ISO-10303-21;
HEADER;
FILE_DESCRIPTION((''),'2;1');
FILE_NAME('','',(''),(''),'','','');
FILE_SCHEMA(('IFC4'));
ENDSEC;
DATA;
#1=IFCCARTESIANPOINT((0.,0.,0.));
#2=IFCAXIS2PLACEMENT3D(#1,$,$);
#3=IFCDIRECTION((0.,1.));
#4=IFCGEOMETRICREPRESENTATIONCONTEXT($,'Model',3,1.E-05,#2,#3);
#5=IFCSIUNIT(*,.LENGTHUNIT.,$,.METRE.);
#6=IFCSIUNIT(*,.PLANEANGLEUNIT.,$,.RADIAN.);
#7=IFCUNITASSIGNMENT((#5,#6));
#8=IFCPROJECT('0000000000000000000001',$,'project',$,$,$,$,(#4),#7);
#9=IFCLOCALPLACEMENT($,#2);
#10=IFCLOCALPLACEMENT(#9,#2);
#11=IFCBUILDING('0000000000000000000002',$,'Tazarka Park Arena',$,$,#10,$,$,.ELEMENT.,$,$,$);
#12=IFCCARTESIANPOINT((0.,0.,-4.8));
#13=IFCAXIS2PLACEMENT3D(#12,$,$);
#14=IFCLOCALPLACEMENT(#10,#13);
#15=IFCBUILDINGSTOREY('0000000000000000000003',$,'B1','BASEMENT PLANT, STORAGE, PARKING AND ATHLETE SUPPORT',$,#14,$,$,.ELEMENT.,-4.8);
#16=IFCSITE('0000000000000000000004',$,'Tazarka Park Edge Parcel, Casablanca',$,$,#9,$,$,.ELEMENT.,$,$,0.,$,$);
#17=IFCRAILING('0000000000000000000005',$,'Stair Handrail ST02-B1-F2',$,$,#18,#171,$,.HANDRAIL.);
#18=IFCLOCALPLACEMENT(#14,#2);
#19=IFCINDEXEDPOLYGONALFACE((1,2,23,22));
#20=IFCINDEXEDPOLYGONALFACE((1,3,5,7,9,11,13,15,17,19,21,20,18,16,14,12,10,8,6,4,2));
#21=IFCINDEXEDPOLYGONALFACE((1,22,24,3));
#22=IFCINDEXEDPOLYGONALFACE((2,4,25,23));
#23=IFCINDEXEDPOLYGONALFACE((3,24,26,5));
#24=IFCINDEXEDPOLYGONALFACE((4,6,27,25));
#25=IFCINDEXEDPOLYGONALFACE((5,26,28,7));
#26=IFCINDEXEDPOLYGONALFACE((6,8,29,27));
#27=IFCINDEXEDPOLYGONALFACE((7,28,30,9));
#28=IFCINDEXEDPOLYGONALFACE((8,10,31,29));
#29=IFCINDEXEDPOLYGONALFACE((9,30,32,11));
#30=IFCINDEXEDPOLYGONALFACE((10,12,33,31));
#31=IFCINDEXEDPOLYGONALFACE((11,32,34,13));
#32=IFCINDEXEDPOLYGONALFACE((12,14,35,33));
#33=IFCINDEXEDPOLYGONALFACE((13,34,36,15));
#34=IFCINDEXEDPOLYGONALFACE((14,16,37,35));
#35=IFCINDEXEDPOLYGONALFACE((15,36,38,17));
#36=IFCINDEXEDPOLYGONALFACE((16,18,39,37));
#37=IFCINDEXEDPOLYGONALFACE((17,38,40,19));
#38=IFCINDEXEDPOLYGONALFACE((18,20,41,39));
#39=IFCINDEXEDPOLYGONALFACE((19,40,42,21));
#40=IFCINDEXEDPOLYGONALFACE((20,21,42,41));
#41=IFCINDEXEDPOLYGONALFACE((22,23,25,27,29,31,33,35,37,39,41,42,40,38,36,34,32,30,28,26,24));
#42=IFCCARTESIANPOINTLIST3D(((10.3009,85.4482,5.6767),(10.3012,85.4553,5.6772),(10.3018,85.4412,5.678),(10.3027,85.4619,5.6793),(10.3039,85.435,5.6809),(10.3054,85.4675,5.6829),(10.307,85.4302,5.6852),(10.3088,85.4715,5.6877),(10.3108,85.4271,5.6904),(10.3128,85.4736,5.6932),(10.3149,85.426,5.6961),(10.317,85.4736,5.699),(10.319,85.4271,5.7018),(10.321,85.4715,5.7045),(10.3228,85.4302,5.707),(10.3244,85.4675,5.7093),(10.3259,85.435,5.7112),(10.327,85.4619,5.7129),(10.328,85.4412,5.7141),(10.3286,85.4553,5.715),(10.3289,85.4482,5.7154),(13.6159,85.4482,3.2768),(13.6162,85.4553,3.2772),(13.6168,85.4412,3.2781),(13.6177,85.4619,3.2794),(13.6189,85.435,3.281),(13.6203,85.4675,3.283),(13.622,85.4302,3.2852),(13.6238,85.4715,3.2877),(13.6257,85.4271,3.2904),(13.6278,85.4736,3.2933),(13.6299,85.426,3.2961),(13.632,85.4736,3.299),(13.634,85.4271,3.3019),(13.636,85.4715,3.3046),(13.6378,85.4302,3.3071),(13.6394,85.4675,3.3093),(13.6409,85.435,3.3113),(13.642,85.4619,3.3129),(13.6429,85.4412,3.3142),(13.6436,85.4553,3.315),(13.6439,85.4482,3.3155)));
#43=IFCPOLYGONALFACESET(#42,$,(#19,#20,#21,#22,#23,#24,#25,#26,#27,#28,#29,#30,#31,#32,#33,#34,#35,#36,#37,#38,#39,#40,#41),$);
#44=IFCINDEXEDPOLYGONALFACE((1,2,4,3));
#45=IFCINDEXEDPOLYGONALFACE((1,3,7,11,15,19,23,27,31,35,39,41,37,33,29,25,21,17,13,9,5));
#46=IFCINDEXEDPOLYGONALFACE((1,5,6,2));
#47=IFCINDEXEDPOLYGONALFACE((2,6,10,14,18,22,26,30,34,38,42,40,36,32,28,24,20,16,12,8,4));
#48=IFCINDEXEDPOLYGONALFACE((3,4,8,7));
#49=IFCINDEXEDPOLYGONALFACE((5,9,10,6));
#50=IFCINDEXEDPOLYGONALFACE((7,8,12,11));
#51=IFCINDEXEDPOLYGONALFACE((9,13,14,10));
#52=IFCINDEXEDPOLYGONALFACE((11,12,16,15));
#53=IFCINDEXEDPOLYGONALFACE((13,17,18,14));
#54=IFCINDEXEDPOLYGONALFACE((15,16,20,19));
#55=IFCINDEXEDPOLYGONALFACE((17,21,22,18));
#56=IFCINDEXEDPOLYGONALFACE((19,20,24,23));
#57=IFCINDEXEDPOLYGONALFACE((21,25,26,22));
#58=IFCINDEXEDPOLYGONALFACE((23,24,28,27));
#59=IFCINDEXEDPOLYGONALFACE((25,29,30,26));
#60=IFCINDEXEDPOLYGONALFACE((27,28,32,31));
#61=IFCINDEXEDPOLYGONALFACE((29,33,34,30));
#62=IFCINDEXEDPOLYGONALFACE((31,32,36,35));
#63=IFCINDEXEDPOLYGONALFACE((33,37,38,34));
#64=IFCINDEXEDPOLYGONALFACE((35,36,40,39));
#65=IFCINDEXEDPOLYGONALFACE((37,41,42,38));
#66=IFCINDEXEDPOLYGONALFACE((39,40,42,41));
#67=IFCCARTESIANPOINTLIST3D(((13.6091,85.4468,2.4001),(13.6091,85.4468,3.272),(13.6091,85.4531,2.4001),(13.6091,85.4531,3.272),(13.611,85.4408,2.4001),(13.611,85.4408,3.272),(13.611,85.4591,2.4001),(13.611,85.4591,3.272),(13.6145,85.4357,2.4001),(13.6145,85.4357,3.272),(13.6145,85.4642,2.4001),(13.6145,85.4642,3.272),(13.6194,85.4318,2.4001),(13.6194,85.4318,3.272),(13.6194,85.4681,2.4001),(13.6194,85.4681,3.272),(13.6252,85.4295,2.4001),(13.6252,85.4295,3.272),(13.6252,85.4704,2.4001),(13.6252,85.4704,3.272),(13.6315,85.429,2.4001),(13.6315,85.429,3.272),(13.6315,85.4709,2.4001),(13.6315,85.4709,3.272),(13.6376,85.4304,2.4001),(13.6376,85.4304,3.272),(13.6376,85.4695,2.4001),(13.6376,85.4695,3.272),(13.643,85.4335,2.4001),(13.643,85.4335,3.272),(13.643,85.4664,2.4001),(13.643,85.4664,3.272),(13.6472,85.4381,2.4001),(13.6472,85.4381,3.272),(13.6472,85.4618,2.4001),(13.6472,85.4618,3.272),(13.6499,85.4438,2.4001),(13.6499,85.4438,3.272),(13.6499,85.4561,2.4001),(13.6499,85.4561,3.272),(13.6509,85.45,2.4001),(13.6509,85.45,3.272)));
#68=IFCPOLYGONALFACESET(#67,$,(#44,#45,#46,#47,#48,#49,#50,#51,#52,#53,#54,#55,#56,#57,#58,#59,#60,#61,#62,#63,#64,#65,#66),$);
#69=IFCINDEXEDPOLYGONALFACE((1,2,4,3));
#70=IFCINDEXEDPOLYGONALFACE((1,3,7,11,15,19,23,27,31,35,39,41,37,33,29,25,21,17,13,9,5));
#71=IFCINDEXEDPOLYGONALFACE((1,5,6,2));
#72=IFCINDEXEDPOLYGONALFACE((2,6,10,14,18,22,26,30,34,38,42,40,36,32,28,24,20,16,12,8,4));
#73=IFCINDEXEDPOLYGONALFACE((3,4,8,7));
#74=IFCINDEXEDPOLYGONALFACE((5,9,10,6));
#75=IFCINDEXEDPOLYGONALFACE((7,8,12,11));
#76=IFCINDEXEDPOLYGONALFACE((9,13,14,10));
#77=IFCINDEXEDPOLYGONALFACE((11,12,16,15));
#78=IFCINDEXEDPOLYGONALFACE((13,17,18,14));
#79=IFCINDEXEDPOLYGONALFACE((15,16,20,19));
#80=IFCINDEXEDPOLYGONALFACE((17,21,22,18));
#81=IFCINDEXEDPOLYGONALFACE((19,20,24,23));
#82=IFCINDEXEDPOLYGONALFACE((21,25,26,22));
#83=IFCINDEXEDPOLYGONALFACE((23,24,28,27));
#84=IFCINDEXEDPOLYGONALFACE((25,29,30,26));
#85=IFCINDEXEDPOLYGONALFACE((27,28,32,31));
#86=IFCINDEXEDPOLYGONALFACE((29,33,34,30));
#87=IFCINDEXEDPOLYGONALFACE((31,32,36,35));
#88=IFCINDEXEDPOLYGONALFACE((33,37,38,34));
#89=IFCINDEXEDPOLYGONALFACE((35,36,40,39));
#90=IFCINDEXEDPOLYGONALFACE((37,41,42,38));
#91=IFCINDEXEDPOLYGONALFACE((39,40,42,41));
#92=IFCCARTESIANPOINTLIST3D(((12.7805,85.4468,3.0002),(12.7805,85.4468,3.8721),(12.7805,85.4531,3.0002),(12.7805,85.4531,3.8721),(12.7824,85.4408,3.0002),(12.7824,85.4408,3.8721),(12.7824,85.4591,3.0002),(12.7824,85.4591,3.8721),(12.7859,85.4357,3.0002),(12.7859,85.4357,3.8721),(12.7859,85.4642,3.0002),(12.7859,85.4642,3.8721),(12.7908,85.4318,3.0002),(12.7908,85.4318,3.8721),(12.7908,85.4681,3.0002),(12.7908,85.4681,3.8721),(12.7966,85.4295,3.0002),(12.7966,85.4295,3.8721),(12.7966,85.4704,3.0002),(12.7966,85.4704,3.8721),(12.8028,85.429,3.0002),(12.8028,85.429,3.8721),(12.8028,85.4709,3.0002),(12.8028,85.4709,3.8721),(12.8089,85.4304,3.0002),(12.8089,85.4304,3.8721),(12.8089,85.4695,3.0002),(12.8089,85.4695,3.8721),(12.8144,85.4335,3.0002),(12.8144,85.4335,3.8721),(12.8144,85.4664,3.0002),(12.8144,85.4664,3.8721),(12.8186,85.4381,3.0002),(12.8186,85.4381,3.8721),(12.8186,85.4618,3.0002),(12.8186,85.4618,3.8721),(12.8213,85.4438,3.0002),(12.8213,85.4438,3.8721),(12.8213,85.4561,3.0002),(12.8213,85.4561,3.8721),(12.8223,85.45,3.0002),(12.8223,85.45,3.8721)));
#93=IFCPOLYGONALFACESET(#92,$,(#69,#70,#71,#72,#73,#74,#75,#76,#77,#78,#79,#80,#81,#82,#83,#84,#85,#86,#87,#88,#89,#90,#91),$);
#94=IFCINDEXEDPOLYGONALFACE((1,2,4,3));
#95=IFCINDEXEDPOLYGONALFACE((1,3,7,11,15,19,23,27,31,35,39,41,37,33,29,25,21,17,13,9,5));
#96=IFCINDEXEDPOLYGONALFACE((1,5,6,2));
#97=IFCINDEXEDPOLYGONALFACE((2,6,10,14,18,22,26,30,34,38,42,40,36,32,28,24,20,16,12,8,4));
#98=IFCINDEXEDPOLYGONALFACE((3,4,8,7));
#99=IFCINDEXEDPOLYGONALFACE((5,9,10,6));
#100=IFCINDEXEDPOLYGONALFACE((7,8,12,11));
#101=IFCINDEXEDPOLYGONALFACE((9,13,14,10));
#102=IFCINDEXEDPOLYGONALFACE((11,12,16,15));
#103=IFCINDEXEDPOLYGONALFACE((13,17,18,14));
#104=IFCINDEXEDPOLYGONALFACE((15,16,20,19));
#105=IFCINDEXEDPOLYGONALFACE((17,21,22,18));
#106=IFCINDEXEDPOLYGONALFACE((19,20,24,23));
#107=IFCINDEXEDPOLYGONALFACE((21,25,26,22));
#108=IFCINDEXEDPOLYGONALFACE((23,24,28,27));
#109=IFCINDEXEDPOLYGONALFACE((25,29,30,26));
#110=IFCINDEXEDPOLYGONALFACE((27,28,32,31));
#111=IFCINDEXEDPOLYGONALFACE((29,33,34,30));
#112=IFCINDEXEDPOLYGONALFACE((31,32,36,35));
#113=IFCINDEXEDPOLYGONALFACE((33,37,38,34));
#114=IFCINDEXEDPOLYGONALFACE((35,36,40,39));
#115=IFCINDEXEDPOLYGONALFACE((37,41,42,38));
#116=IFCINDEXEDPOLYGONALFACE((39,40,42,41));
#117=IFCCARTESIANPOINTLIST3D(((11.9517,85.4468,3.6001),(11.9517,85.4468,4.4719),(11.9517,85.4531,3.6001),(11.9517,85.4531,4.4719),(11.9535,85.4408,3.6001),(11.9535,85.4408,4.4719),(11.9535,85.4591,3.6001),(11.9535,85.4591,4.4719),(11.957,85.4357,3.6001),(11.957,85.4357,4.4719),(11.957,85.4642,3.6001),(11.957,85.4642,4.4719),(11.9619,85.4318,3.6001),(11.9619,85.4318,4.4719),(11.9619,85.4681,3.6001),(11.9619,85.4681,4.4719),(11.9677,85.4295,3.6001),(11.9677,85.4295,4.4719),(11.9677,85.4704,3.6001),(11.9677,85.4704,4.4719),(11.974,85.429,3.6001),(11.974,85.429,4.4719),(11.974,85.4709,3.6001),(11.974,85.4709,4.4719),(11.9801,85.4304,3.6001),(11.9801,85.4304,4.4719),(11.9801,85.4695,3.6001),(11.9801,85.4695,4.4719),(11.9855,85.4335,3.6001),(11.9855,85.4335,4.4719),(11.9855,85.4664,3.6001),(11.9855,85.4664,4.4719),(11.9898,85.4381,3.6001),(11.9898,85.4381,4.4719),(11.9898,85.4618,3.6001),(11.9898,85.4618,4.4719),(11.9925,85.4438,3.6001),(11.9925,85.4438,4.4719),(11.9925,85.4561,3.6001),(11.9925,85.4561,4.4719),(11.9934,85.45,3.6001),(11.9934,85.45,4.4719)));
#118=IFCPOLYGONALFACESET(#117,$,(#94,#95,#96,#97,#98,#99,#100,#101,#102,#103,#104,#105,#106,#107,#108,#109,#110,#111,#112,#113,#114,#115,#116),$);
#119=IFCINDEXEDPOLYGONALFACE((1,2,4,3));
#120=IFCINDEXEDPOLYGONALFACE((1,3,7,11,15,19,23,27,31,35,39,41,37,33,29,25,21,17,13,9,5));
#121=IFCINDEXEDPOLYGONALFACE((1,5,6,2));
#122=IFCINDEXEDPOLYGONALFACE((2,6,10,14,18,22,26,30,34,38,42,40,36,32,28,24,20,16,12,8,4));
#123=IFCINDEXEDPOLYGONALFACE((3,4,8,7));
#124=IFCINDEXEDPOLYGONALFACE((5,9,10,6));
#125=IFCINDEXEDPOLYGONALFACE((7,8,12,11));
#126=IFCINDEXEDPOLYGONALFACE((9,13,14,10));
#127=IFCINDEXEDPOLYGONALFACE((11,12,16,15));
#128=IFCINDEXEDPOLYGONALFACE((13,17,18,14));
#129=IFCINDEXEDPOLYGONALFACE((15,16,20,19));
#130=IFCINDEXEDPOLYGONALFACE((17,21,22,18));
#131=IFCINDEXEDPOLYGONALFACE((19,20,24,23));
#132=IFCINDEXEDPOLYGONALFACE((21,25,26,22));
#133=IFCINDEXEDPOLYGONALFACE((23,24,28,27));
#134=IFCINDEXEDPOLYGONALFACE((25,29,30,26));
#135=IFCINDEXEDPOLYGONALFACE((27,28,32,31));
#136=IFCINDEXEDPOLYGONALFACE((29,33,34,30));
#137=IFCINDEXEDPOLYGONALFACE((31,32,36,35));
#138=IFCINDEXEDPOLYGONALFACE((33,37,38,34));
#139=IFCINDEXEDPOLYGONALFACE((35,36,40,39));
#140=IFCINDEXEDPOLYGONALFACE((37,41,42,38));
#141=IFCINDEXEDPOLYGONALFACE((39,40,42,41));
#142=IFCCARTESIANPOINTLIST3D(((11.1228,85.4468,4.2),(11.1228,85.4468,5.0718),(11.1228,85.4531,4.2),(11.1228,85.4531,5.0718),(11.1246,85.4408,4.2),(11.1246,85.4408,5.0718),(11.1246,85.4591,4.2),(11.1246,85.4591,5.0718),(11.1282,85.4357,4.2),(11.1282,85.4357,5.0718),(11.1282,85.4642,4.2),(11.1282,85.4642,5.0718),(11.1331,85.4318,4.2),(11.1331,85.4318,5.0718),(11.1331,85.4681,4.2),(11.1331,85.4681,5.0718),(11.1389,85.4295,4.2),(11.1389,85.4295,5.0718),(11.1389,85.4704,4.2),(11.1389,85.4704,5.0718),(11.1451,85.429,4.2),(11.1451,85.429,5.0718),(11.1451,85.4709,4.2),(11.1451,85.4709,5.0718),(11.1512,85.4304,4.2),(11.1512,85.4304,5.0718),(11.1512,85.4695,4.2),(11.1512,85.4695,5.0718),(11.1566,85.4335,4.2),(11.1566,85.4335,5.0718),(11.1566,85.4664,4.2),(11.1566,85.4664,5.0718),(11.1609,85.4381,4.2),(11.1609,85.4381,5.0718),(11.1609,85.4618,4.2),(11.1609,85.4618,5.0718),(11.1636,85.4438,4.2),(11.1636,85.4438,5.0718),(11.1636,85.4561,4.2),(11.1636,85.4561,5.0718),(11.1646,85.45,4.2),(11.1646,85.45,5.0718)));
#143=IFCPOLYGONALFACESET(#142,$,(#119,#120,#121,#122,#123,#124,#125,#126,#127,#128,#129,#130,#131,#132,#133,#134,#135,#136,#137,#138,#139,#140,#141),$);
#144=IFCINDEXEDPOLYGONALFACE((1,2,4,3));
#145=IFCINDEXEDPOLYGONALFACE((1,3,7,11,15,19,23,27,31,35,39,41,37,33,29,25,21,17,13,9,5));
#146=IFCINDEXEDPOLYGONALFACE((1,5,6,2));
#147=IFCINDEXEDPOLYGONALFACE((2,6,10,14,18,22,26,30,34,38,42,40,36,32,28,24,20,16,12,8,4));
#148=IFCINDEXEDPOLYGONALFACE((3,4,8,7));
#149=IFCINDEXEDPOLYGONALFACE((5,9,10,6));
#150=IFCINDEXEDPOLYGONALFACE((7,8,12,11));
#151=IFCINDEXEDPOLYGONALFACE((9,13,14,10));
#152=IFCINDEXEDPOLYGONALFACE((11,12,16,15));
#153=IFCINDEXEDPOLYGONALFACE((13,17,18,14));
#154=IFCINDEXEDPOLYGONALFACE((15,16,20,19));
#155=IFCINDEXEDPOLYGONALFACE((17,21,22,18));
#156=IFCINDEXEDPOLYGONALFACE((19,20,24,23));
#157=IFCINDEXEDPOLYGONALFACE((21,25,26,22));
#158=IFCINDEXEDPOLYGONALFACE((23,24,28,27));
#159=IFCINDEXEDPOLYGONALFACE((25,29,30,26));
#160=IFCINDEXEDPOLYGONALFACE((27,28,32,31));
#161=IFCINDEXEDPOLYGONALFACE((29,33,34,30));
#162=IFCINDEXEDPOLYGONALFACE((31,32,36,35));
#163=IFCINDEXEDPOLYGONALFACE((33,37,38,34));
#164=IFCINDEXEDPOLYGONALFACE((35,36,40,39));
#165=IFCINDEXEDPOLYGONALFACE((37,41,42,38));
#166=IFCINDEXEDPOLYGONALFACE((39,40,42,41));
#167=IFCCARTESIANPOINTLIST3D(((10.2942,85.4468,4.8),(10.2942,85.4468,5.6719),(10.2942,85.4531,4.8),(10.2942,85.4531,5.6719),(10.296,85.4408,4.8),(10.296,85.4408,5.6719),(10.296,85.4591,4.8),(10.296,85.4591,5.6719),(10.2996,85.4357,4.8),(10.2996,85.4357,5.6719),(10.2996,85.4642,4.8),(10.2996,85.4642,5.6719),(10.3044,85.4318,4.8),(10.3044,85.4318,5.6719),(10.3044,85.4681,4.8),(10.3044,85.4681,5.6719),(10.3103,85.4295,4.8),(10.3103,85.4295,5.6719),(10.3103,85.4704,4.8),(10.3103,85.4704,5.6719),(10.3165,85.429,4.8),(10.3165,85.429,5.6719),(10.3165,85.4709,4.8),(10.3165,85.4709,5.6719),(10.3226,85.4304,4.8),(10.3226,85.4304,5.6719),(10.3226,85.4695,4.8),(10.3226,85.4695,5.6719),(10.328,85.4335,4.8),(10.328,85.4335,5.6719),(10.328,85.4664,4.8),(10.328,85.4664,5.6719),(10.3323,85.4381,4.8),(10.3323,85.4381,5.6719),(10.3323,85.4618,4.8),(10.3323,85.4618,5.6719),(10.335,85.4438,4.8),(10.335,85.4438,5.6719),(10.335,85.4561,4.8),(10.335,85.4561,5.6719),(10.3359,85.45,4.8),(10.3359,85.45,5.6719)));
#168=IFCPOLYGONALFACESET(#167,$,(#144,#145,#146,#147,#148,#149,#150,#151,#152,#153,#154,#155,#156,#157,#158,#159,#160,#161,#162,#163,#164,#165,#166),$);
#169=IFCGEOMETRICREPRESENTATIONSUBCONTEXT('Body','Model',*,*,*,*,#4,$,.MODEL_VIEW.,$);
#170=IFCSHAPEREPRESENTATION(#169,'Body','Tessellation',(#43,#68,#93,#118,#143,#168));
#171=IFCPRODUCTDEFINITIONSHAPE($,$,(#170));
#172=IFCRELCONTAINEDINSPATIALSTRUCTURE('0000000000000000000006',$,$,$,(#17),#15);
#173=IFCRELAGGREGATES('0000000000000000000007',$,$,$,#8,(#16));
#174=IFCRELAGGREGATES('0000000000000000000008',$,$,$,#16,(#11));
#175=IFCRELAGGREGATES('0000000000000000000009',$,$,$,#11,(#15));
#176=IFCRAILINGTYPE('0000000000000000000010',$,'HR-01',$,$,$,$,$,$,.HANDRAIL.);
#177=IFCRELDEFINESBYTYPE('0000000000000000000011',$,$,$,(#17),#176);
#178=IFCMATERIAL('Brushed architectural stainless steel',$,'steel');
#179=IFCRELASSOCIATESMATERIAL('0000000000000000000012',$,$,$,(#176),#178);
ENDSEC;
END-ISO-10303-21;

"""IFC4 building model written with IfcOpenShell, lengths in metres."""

from ifc_helpers import new_model, si_unit, direction, frame, origin, origin_2d, place, context, subcontext, project, spatial, circle, extrude, material, type_object, element, save


model = new_model("IFC4")

# Units and contexts
model_context = context("Model", 3, precision=1e-05, world=origin(), true_north=direction((0.0, 1.0)))
body_context = subcontext(model_context, "Body", "Model", "MODEL_VIEW")
ifc_project = project(units=[si_unit("LENGTHUNIT", "METRE"), si_unit("PLANEANGLEUNIT", "RADIAN")], contexts=[model_context])

# Site, building, storey
site_placement = place(None, origin())
site = spatial("IfcSite", under=ifc_project, at=site_placement, Name="Tazarka Park Edge Parcel, Casablanca", CompositionType="ELEMENT", RefElevation=0.0)
building_placement = place(site_placement, origin())
building = spatial("IfcBuilding", under=site, at=building_placement, Name="Tazarka Park Arena", CompositionType="ELEMENT")
storey_placement = place(building_placement, frame((0.0, 0.0, -4.8)))
storey = spatial("IfcBuildingStorey", under=building, at=storey_placement, Name="B1", Description="BASEMENT PLANT, STORAGE, PARKING AND ATHLETE SUPPORT", CompositionType="ELEMENT", Elevation=-4.8)

# Railing
ifc_material_1 = material(Name="Brushed architectural stainless steel", Category="steel")
railing_type_1 = type_object("IfcRailingType", Name="HR-01", PredefinedType="HANDRAIL", material=ifc_material_1)
railing_1_placement = place(storey_placement, frame((13.6299, 85.45, 2.4001)))
element("IfcRailing", 1, at=railing_1_placement, inside=storey, type_object=railing_type_1, Name="Stair Handrail ST02-B1-F2", PredefinedType="HANDRAIL", context=body_context, shape_type="SweptSolid", body=[
    extrude(circle(Radius=0.0239, at=origin_2d()), frame((0.0, 0.0, 0.896), z_axis=(-0.810009, 0.0, 0.586418), x_axis=(0.0, -1.0, 0.0)), (0.0, 0.0, 1.0), 4.0925),
    extrude(circle(Radius=0.021, at=origin_2d()), origin(), (0.0, 0.0, 1.0), 0.8718),
    extrude(circle(Radius=0.021, at=origin_2d()), frame((-0.8286, 0.0, 0.6001)), (0.0, 0.0, 1.0), 0.8718),
    extrude(circle(Radius=0.021, at=origin_2d()), frame((-1.6575, 0.0, 1.2)), (0.0, 0.0, 1.0), 0.8718),
    extrude(circle(Radius=0.021, at=origin_2d()), frame((-2.4863, 0.0, 1.7998)), (0.0, 0.0, 1.0), 0.8718),
    extrude(circle(Radius=0.021, at=origin_2d()), frame((-3.3149, 0.0, 2.3999)), (0.0, 0.0, 1.0), 0.8718),
])

save(model, "model.ifc")
